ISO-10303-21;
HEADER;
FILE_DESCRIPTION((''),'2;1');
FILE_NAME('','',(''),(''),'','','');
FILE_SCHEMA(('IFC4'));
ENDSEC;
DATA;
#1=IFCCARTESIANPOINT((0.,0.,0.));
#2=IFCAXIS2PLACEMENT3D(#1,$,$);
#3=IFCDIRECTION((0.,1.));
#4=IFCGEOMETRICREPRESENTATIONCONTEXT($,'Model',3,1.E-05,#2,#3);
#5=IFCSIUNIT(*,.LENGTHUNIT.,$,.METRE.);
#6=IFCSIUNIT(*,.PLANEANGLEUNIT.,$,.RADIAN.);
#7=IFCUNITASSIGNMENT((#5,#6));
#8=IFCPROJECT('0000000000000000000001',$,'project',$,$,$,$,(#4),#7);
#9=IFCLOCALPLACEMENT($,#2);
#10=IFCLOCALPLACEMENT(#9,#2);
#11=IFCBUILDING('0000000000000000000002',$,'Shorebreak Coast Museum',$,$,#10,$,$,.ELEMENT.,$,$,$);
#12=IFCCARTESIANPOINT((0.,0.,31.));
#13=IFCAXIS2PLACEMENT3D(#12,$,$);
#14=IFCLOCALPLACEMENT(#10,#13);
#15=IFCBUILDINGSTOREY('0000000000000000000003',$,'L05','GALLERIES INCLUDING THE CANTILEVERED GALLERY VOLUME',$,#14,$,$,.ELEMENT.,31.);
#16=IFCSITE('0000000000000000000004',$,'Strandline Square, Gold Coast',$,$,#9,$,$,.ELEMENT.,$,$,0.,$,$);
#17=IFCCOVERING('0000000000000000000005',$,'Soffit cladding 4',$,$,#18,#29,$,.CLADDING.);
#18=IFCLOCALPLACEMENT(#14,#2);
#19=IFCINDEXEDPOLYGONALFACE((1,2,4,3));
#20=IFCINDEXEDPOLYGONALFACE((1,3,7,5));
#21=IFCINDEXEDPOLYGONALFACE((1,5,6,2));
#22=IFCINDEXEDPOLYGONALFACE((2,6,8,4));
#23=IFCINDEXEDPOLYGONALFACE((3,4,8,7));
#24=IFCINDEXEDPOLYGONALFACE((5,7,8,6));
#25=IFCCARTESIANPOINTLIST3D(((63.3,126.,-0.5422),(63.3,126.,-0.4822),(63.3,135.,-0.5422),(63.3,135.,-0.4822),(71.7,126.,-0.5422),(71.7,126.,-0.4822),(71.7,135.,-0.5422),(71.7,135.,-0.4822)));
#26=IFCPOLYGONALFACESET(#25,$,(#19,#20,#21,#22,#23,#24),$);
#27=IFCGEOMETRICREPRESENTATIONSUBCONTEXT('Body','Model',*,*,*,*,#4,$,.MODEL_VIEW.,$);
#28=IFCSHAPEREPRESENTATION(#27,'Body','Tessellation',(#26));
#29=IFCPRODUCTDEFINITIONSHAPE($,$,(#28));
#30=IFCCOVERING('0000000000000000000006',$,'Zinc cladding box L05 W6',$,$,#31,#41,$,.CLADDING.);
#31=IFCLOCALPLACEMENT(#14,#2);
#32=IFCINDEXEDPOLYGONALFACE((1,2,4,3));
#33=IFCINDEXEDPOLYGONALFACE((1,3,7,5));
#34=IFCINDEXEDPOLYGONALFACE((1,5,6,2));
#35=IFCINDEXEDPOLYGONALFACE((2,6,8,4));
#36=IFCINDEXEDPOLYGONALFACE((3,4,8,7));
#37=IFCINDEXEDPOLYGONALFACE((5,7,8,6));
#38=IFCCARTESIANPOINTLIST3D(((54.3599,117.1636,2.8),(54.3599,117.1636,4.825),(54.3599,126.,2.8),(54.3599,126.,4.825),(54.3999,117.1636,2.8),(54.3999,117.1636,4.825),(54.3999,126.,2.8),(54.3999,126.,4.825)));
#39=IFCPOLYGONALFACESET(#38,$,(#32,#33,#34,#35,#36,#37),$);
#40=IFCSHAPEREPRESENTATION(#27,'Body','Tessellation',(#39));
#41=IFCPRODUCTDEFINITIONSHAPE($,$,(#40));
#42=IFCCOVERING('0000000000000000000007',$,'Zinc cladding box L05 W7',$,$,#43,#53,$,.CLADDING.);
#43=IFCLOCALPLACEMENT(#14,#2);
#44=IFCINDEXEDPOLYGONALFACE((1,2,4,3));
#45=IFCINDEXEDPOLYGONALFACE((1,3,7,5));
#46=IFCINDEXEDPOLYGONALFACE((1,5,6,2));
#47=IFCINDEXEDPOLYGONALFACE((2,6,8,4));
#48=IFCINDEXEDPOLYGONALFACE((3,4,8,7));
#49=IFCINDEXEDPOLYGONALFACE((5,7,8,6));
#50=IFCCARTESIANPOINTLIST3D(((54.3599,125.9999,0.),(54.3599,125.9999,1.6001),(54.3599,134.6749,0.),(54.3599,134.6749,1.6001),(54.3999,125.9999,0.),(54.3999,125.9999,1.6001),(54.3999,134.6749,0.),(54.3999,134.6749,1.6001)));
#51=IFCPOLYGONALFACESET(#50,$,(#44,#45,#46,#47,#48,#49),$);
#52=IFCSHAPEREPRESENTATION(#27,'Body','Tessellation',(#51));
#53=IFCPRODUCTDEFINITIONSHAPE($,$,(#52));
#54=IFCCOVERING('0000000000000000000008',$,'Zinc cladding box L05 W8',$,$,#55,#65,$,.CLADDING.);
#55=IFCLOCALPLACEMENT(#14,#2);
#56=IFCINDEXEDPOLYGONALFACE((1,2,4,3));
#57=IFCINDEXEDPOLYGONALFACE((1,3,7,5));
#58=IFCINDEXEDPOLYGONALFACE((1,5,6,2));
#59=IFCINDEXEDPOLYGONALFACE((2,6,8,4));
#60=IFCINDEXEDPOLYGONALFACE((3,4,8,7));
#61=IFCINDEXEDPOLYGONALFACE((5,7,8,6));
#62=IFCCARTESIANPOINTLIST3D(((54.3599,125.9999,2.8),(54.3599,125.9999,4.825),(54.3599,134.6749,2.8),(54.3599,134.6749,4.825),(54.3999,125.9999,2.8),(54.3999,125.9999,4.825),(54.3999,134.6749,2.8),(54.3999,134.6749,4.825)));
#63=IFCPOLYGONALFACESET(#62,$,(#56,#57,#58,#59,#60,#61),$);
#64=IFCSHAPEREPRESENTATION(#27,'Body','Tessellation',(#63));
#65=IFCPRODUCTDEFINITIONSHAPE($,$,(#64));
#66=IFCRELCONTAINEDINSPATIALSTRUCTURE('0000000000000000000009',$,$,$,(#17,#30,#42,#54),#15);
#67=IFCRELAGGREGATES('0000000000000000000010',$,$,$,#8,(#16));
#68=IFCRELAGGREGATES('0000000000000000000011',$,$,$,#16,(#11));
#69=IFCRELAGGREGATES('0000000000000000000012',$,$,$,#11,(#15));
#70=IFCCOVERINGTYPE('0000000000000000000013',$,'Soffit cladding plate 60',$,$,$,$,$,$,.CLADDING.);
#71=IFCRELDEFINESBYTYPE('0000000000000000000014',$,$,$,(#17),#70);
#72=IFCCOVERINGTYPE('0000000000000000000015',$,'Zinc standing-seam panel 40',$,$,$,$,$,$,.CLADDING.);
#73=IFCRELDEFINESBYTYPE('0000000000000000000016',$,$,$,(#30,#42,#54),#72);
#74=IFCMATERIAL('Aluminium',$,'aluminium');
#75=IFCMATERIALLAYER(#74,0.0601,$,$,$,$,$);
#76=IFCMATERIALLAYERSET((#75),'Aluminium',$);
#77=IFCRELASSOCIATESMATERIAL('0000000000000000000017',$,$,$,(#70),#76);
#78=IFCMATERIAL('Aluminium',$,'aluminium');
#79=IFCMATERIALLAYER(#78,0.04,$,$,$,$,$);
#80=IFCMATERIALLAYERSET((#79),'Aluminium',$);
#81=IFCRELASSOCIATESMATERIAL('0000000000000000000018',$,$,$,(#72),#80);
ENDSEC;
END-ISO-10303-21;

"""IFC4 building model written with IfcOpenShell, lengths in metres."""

from ifc_helpers import new_model, si_unit, direction, frame, origin, origin_2d, place, context, subcontext, project, spatial, rectangle, extrude, material, layer, layer_set, type_object, element, save


model = new_model("IFC4")

# Units and contexts
model_context = context("Model", 3, precision=1e-05, world=origin(), true_north=direction((0.0, 1.0)))
body_context = subcontext(model_context, "Body", "Model", "MODEL_VIEW")
ifc_project = project(units=[si_unit("LENGTHUNIT", "METRE"), si_unit("PLANEANGLEUNIT", "RADIAN")], contexts=[model_context])

# Site, building, storey
site_placement = place(None, origin())
site = spatial("IfcSite", under=ifc_project, at=site_placement, Name="Strandline Square, Gold Coast", CompositionType="ELEMENT", RefElevation=0.0)
building_placement = place(site_placement, origin())
building = spatial("IfcBuilding", under=site, at=building_placement, Name="Shorebreak Coast Museum", CompositionType="ELEMENT")
storey_placement = place(building_placement, frame((0.0, 0.0, 31.0)))
storey = spatial("IfcBuildingStorey", under=building, at=storey_placement, Name="L05", Description="GALLERIES INCLUDING THE CANTILEVERED GALLERY VOLUME", CompositionType="ELEMENT", Elevation=31.0)

# Coverings
ifc_material_1 = material(Name="Aluminium", Category="aluminium")
ifc_layer_1 = layer(ifc_material_1, 0.0601)
ifc_layer_set_1 = layer_set([ifc_layer_1], Name="Aluminium")
covering_type_1 = type_object("IfcCoveringType", Name="Soffit cladding plate 60", PredefinedType="CLADDING", material=ifc_layer_set_1)
covering_1_placement = place(storey_placement, frame((67.5, 130.5, -0.5422), z_axis=(0.0, 0.0, 1.0), x_axis=(1.0, 0.0, 0.0)))
element("IfcCovering", 1, at=covering_1_placement, inside=storey, type_object=covering_type_1, Name="Soffit cladding 4", PredefinedType="CLADDING", context=body_context, shape_type="SweptSolid", body=[
    extrude(rectangle(XDim=8.3999, YDim=9.0, at=origin_2d()), origin(), (0.0, 0.0, 1.0), 0.0601),
])
ifc_material_2 = material(Name="Aluminium", Category="aluminium")
ifc_layer_2 = layer(ifc_material_2, 0.04)
ifc_layer_set_2 = layer_set([ifc_layer_2], Name="Aluminium")
covering_type_2 = type_object("IfcCoveringType", Name="Zinc standing-seam panel 40", PredefinedType="CLADDING", material=ifc_layer_set_2)
covering_2_placement = place(storey_placement, frame((54.3799, 121.5818, 2.8), z_axis=(0.0, 0.0, 1.0), x_axis=(1.0, 0.0, 0.0)))
element("IfcCovering", 2, at=covering_2_placement, inside=storey, type_object=covering_type_2, Name="Zinc cladding box L05 W6", PredefinedType="CLADDING", context=body_context, shape_type="SweptSolid", body=[
    extrude(rectangle(XDim=0.04, YDim=8.8364, at=origin_2d()), origin(), (0.0, 0.0, 1.0), 2.0249),
])
covering_3_placement = place(storey_placement, frame((54.3799, 130.3374, 0.0), z_axis=(0.0, 0.0, 1.0), x_axis=(1.0, 0.0, 0.0)))
element("IfcCovering", 3, at=covering_3_placement, inside=storey, type_object=covering_type_2, Name="Zinc cladding box L05 W7", PredefinedType="CLADDING", context=body_context, shape_type="SweptSolid", body=[
    extrude(rectangle(XDim=0.04, YDim=8.675, at=origin_2d()), origin(), (0.0, 0.0, 1.0), 1.6001),
])
covering_4_placement = place(storey_placement, frame((54.3799, 130.3374, 2.8), z_axis=(0.0, 0.0, 1.0), x_axis=(1.0, 0.0, 0.0)))
element("IfcCovering", 4, at=covering_4_placement, inside=storey, type_object=covering_type_2, Name="Zinc cladding box L05 W8", PredefinedType="CLADDING", context=body_context, shape_type="SweptSolid", body=[
    extrude(rectangle(XDim=0.04, YDim=8.675, at=origin_2d()), origin(), (0.0, 0.0, 1.0), 2.0249),
])

save(model, "model.ifc")
